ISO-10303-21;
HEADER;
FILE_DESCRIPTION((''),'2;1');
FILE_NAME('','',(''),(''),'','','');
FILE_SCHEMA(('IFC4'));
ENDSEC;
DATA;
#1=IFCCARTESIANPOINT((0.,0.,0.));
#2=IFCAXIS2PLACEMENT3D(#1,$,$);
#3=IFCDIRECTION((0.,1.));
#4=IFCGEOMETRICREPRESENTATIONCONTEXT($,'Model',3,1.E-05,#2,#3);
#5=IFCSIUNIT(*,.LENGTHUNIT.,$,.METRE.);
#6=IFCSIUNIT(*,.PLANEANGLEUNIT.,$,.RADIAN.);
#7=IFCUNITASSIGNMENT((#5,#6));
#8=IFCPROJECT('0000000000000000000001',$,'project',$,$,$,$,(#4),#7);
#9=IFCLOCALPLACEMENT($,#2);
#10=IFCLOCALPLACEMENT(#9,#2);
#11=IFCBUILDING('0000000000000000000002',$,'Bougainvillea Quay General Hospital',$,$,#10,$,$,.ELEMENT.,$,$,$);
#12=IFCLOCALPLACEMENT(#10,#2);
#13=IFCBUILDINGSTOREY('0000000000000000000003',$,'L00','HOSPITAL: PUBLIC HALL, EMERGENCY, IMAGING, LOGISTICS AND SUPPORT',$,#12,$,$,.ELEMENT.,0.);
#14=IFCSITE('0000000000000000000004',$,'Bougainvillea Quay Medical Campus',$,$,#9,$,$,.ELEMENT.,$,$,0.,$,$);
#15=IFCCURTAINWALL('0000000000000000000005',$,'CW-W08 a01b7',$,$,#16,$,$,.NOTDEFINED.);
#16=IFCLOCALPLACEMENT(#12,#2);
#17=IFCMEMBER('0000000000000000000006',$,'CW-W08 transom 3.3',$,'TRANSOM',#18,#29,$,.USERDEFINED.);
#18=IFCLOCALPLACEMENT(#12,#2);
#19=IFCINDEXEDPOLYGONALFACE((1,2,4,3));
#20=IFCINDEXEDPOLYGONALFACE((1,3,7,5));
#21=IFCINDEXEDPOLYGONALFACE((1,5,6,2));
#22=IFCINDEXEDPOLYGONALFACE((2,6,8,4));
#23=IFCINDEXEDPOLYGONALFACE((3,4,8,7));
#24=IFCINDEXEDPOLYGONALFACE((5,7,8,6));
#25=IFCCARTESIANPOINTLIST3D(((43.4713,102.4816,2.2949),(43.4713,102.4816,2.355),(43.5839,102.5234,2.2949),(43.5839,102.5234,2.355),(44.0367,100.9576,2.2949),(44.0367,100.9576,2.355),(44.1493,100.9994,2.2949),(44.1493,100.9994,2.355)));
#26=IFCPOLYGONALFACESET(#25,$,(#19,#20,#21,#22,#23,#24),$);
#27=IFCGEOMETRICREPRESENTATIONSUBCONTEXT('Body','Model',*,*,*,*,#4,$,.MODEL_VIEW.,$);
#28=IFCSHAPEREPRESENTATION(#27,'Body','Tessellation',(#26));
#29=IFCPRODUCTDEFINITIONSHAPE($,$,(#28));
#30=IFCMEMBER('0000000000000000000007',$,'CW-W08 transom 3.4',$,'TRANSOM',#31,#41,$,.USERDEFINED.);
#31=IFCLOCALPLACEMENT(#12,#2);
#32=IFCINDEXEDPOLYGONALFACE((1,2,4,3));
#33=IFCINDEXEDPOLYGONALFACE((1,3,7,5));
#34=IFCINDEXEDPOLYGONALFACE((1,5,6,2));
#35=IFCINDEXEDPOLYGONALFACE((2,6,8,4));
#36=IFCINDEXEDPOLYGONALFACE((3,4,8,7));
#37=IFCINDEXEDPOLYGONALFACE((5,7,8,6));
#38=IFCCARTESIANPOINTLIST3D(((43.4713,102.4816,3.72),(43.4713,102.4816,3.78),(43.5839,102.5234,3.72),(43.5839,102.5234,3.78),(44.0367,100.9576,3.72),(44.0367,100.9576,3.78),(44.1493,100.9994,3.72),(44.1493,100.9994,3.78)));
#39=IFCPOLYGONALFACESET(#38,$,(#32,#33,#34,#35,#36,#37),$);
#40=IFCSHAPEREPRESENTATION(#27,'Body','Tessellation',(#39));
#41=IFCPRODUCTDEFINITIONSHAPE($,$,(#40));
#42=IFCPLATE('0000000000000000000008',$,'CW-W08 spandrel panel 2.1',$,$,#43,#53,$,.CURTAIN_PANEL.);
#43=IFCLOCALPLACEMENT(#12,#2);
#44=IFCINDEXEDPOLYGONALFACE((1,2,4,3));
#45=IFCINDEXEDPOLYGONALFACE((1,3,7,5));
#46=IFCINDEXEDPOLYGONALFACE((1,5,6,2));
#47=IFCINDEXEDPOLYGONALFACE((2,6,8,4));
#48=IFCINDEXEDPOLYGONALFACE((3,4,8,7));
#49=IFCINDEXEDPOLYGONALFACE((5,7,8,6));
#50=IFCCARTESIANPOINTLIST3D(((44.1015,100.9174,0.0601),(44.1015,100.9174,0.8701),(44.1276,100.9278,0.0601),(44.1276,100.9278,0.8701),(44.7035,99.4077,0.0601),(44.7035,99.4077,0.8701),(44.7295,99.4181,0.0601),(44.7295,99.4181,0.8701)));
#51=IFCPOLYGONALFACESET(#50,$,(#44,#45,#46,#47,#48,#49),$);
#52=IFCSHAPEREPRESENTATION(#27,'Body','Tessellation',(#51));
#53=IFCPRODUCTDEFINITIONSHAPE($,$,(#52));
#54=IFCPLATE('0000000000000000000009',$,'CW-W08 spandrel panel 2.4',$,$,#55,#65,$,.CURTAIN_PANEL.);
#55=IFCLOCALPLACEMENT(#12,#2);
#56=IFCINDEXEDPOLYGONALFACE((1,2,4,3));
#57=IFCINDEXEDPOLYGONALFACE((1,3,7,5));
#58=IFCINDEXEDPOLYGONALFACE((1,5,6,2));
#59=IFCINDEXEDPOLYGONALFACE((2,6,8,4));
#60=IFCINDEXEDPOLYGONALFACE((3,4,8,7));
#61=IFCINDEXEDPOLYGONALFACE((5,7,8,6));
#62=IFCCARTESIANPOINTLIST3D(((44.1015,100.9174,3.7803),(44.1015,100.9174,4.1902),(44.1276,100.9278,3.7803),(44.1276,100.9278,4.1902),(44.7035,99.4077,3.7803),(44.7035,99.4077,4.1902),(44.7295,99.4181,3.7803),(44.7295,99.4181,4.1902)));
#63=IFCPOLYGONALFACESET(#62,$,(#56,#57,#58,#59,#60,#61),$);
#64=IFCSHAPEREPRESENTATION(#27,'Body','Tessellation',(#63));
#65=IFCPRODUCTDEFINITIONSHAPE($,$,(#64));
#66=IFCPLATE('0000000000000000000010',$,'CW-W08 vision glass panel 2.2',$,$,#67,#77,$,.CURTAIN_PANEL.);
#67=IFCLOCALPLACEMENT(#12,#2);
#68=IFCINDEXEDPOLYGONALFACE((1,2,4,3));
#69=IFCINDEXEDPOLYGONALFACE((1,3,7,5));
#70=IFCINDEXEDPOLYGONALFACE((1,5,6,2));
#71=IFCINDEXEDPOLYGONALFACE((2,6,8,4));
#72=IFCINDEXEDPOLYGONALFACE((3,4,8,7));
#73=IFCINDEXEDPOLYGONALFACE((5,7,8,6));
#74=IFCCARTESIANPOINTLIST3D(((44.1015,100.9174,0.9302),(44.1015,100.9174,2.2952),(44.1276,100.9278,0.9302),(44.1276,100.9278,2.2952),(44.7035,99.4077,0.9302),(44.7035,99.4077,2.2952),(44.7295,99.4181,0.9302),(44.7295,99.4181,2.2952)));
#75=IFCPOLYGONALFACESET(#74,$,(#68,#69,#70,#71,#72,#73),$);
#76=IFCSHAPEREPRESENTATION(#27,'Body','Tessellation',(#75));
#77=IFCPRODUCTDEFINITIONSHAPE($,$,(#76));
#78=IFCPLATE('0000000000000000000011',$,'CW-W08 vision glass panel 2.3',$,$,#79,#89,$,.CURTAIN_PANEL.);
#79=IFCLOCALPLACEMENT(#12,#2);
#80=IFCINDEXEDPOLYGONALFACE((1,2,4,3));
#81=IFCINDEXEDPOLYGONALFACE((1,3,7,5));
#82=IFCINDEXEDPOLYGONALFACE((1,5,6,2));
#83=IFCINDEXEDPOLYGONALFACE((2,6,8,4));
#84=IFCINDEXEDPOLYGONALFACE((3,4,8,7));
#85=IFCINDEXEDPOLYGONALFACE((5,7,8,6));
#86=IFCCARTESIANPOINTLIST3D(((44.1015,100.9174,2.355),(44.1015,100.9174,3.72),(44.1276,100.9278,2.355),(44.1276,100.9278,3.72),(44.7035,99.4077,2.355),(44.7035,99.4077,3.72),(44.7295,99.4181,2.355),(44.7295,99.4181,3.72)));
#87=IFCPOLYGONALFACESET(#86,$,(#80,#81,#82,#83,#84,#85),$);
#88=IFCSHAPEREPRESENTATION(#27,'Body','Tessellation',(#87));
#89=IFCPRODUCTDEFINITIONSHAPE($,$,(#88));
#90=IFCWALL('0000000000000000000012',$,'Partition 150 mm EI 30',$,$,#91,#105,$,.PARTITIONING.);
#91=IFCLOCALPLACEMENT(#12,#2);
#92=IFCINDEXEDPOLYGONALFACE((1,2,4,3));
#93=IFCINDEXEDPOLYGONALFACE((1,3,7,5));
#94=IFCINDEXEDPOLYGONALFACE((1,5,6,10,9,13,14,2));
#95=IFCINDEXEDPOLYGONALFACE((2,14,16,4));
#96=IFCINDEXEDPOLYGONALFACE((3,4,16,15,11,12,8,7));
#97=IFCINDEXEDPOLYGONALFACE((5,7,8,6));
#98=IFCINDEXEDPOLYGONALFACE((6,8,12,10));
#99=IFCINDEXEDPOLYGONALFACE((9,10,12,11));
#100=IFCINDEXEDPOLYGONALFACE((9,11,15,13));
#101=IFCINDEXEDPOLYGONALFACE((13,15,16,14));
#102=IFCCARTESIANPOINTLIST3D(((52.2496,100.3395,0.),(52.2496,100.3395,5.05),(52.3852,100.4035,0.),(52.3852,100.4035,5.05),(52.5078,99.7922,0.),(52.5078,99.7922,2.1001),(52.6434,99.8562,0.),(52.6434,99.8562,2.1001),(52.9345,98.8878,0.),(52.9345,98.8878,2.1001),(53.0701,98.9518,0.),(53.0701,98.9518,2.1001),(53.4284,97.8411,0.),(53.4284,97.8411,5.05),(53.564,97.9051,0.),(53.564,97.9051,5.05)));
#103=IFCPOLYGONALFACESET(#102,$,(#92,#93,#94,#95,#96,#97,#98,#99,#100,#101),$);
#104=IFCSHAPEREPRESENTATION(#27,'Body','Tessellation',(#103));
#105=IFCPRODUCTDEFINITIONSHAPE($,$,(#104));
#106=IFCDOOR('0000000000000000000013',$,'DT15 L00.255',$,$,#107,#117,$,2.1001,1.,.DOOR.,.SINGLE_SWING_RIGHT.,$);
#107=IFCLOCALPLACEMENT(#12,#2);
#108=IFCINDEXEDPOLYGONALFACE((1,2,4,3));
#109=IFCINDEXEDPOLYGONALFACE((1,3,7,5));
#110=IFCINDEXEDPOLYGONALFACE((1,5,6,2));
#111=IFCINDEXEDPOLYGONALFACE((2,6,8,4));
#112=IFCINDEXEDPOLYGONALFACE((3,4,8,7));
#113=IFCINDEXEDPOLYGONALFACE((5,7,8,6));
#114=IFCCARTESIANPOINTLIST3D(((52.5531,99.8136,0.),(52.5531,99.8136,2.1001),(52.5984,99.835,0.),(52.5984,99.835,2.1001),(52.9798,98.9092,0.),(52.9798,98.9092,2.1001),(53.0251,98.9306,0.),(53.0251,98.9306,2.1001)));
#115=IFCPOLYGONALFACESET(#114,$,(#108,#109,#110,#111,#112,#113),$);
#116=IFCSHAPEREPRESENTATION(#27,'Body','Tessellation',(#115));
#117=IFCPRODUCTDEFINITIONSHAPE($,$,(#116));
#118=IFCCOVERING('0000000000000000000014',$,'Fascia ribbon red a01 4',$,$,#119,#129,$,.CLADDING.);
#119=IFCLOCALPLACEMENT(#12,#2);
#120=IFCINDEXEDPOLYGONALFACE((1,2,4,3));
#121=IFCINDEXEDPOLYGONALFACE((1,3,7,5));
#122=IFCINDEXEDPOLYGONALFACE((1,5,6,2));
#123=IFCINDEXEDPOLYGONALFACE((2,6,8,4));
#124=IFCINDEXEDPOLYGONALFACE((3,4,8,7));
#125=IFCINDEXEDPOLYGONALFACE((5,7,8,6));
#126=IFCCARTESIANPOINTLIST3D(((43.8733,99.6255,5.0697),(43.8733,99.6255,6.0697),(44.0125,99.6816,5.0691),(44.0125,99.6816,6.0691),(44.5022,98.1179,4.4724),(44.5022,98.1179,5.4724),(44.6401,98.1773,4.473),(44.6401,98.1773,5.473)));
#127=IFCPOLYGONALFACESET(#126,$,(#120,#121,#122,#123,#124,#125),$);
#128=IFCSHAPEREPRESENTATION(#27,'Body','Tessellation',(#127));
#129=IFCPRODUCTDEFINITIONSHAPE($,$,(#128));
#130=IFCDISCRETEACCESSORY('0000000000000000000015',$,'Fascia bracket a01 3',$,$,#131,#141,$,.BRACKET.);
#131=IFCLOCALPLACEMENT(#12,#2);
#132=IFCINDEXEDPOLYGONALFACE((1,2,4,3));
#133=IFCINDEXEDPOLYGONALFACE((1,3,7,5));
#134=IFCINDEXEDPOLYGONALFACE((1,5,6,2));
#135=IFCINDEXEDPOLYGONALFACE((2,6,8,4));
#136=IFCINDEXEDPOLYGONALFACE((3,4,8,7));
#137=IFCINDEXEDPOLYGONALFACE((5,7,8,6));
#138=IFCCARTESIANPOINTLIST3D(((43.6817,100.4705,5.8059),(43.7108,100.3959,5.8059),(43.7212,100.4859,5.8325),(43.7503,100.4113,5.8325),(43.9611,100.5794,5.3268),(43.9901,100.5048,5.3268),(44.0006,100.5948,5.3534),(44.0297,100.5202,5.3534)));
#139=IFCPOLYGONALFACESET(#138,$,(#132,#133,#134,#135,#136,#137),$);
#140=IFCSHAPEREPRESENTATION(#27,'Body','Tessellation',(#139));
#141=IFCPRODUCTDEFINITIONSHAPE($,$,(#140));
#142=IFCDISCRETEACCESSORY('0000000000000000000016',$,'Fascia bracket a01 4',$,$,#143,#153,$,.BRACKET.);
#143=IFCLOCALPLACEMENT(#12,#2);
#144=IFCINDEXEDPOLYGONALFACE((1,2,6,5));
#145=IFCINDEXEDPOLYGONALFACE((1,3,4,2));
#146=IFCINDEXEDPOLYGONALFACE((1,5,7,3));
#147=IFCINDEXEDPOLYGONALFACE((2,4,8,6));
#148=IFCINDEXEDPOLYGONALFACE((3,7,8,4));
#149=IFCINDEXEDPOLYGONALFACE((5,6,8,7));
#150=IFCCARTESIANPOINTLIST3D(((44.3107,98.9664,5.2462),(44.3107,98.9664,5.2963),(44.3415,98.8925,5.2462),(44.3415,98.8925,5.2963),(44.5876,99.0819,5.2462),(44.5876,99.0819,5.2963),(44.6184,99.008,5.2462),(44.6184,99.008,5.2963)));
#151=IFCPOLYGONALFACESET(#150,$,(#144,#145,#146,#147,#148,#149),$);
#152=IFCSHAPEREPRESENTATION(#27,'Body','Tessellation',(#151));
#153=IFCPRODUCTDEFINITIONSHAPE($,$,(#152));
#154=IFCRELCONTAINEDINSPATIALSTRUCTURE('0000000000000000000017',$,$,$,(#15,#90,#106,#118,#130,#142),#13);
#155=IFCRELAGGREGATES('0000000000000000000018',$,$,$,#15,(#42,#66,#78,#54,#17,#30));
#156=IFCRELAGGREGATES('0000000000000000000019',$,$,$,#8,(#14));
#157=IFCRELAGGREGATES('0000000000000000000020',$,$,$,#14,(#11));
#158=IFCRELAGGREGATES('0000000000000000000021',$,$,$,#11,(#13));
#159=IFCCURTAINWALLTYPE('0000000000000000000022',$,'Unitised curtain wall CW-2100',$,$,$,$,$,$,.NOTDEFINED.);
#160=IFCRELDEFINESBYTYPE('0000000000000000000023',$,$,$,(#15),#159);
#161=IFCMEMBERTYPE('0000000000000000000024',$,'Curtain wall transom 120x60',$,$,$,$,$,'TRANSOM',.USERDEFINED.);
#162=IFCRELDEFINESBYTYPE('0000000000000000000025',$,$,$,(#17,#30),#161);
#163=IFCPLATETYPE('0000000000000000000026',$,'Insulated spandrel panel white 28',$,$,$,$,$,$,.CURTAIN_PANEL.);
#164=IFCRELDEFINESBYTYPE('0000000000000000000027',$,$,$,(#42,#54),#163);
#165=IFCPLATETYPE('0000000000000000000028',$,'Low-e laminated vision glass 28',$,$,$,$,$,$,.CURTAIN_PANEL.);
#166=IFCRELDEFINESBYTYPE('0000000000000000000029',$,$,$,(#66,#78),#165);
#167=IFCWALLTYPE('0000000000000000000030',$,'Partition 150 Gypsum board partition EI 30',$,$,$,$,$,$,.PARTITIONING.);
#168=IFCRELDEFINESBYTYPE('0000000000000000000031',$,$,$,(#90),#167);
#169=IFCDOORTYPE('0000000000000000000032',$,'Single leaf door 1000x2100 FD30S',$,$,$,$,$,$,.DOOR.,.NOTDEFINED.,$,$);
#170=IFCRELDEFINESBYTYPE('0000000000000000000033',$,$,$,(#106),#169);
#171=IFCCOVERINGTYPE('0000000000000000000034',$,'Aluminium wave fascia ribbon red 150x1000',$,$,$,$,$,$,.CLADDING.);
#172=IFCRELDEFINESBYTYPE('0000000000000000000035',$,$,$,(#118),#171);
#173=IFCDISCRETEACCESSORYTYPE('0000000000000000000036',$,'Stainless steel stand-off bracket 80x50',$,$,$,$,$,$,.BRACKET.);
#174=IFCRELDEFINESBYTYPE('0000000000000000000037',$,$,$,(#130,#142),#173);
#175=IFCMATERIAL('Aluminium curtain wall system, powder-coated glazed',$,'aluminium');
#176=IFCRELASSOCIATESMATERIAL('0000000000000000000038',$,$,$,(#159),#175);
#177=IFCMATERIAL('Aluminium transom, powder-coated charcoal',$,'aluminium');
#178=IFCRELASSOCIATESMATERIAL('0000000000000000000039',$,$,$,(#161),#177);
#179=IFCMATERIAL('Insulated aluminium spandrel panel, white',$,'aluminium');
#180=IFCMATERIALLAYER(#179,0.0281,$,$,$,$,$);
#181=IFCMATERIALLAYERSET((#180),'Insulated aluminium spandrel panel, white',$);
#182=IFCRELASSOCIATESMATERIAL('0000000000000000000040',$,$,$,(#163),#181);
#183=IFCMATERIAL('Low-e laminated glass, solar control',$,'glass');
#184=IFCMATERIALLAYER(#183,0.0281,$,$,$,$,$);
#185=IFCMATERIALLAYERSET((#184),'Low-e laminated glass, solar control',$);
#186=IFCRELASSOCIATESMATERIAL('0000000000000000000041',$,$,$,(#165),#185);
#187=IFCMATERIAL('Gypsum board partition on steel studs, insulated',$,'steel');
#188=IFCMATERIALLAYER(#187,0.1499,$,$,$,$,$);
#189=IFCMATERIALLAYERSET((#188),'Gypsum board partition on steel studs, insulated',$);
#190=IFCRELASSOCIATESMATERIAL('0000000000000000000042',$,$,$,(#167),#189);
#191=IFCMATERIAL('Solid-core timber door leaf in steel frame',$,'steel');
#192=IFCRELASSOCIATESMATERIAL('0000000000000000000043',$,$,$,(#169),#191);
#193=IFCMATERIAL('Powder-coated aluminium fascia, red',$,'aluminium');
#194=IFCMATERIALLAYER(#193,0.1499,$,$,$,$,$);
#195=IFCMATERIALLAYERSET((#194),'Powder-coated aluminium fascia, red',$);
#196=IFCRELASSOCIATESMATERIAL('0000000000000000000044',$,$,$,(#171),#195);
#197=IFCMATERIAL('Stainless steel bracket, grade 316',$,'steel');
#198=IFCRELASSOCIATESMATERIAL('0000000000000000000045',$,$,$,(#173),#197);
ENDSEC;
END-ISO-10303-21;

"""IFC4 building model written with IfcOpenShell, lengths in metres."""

from ifc_helpers import new_model, si_unit, direction, frame, frame_2d, origin, origin_2d, place, context, subcontext, project, spatial, polyline, rectangle, outline, extrude, material, layer, layer_set, material_profile, profile_set, type_object, element, fill, aggregate, save


model = new_model("IFC4")

# Units and contexts
model_context = context("Model", 3, precision=1e-05, world=origin(), true_north=direction((0.0, 1.0)))
body_context = subcontext(model_context, "Body", "Model", "MODEL_VIEW")
ifc_project = project(units=[si_unit("LENGTHUNIT", "METRE"), si_unit("PLANEANGLEUNIT", "RADIAN")], contexts=[model_context])

# Site, building, storey
site_placement = place(None, origin())
site = spatial("IfcSite", under=ifc_project, at=site_placement, Name="Bougainvillea Quay Medical Campus", CompositionType="ELEMENT", RefElevation=0.0)
building_placement = place(site_placement, origin())
building = spatial("IfcBuilding", under=site, at=building_placement, Name="Bougainvillea Quay General Hospital", CompositionType="ELEMENT")
storey_placement = place(building_placement, origin())
storey = spatial("IfcBuildingStorey", under=building, at=storey_placement, Name="L00", Description="HOSPITAL: PUBLIC HALL, EMERGENCY, IMAGING, LOGISTICS AND SUPPORT", CompositionType="ELEMENT", Elevation=0.0)

# Curtain wall, members, plates
ifc_material_1 = material(Name="Aluminium curtain wall system, powder-coated glazed", Category="aluminium")
curtain_wall_type = type_object("IfcCurtainWallType", Name="Unitised curtain wall CW-2100", PredefinedType="NOTDEFINED", material=ifc_material_1)
curtain_wall_placement = place(storey_placement, origin())
curtain_wall = element("IfcCurtainWall", 1, at=curtain_wall_placement, inside=storey, type_object=curtain_wall_type, Name="CW-W08 a01b7", PredefinedType="NOTDEFINED")
ifc_material_2 = material(Name="Aluminium transom, powder-coated charcoal", Category="aluminium")
ifc_material_profile_1 = material_profile(ifc_material_2, rectangle(XDim=0.1201, YDim=0.0601, at=origin_2d()))
ifc_profile_set_1 = profile_set([ifc_material_profile_1], Name="Aluminium transom, powder-coated charcoal")
member_type_1 = type_object("IfcMemberType", Name="Curtain wall transom 120x60", ElementType="TRANSOM", PredefinedType="USERDEFINED", material=ifc_profile_set_1)
member_1_placement = place(storey_placement, frame((44.093, 100.9785, 2.325), z_axis=(-0.347862, 0.937546, 0.0), x_axis=(-0.937546, -0.347862, 0.0)))
member_1 = element("IfcMember", 2, at=member_1_placement, type_object=member_type_1, Name="CW-W08 transom 3.3", ObjectType="TRANSOM", PredefinedType="USERDEFINED", context=body_context, shape_type="SweptSolid", body=[
    extrude(rectangle(XDim=0.1201, YDim=0.0601, at=origin_2d()), origin(), (0.0, 0.0, 1.0), 1.6255),
])
member_2_placement = place(storey_placement, frame((44.093, 100.9785, 3.75), z_axis=(-0.347862, 0.937546, 0.0), x_axis=(-0.937546, -0.347862, 0.0)))
member_2 = element("IfcMember", 3, at=member_2_placement, type_object=member_type_1, Name="CW-W08 transom 3.4", ObjectType="TRANSOM", PredefinedType="USERDEFINED", context=body_context, shape_type="SweptSolid", body=[
    extrude(rectangle(XDim=0.1201, YDim=0.0601, at=origin_2d()), origin(), (0.0, 0.0, 1.0), 1.6255),
])
ifc_material_3 = material(Name="Insulated aluminium spandrel panel, white", Category="aluminium")
ifc_layer_1 = layer(ifc_material_3, 0.0281)
ifc_layer_set_1 = layer_set([ifc_layer_1], Name="Insulated aluminium spandrel panel, white")
plate_type_1 = type_object("IfcPlateType", Name="Insulated spandrel panel white 28", PredefinedType="CURTAIN_PANEL", material=ifc_layer_set_1)
plate_1_placement = place(storey_placement, frame((44.4155, 100.1677, 0.0601), z_axis=(0.0, 0.0, 1.0), x_axis=(-0.370384, 0.928879, 0.0)))
plate_1 = element("IfcPlate", 4, at=plate_1_placement, type_object=plate_type_1, Name="CW-W08 spandrel panel 2.1", PredefinedType="CURTAIN_PANEL", context=body_context, shape_type="SweptSolid", body=[
    extrude(rectangle(XDim=1.6252, YDim=0.0281, at=origin_2d()), origin(), (0.0, 0.0, 1.0), 0.8101),
])
plate_2_placement = place(storey_placement, frame((44.4155, 100.1677, 3.7803), z_axis=(0.0, 0.0, 1.0), x_axis=(-0.370384, 0.928879, 0.0)))
plate_2 = element("IfcPlate", 5, at=plate_2_placement, type_object=plate_type_1, Name="CW-W08 spandrel panel 2.4", PredefinedType="CURTAIN_PANEL", context=body_context, shape_type="SweptSolid", body=[
    extrude(rectangle(XDim=1.6252, YDim=0.0281, at=origin_2d()), origin(), (0.0, 0.0, 1.0), 0.4099),
])
ifc_material_4 = material(Name="Low-e laminated glass, solar control", Category="glass")
ifc_layer_2 = layer(ifc_material_4, 0.0281)
ifc_layer_set_2 = layer_set([ifc_layer_2], Name="Low-e laminated glass, solar control")
plate_type_2 = type_object("IfcPlateType", Name="Low-e laminated vision glass 28", PredefinedType="CURTAIN_PANEL", material=ifc_layer_set_2)
plate_3_placement = place(storey_placement, frame((44.4155, 100.1677, 0.9302), z_axis=(0.0, 0.0, 1.0), x_axis=(-0.370384, 0.928879, 0.0)))
plate_3 = element("IfcPlate", 6, at=plate_3_placement, type_object=plate_type_2, Name="CW-W08 vision glass panel 2.2", PredefinedType="CURTAIN_PANEL", context=body_context, shape_type="SweptSolid", body=[
    extrude(rectangle(XDim=1.6252, YDim=0.0281, at=origin_2d()), origin(), (0.0, 0.0, 1.0), 1.365),
])
plate_4_placement = place(storey_placement, frame((44.4155, 100.1677, 2.355), z_axis=(0.0, 0.0, 1.0), x_axis=(-0.370384, 0.928879, 0.0)))
plate_4 = element("IfcPlate", 7, at=plate_4_placement, type_object=plate_type_2, Name="CW-W08 vision glass panel 2.3", PredefinedType="CURTAIN_PANEL", context=body_context, shape_type="SweptSolid", body=[
    extrude(rectangle(XDim=1.6252, YDim=0.0281, at=origin_2d()), origin(), (0.0, 0.0, 1.0), 1.365),
])
aggregate(curtain_wall, [plate_1, plate_3, plate_4, plate_2, member_1, member_2])

# Wall, opening, door
ifc_material_5 = material(Name="Gypsum board partition on steel studs, insulated", Category="steel")
ifc_layer_3 = layer(ifc_material_5, 0.1499)
ifc_layer_set_3 = layer_set([ifc_layer_3], Name="Gypsum board partition on steel studs, insulated")
wall_type = type_object("IfcWallType", Name="Partition 150 Gypsum board partition EI 30", PredefinedType="PARTITIONING", material=ifc_layer_set_3)
wall_placement = place(storey_placement, frame((52.3174, 100.3716, 0.0), z_axis=(0.0, 0.0, 1.0), x_axis=(0.426699, -0.904394, 0.0)))
wall = element("IfcWall", 8, at=wall_placement, inside=storey, type_object=wall_type, Name="Partition 150 mm EI 30", PredefinedType="PARTITIONING", context=body_context, shape_type="SweptSolid", body=[
    extrude(rectangle(XDim=2.7625, YDim=0.1499, at=frame_2d((1.3813, 0.0))), origin(), (0.0, 0.0, 1.0), 5.05),
])
opening_placement = place(wall_placement, frame((0.6052, 0.0, 0.0)))
opening = element("IfcOpeningElement", 9, at=opening_placement, cuts=wall, PredefinedType="OPENING", context=body_context, shape_type="SweptSolid", body=[
    extrude(rectangle(XDim=1.0, YDim=2.1001, at=frame_2d((0.5, 1.05))), frame((0.0, 0.085, 0.0), z_axis=(0.0, -1.0, 0.0), x_axis=(1.0, 0.0, 0.0)), (0.0, 0.0, 1.0), 0.1699),
])
ifc_material_6 = material(Name="Solid-core timber door leaf in steel frame", Category="steel")
door_type = type_object("IfcDoorType", Name="Single leaf door 1000x2100 FD30S", OperationType="NOTDEFINED", PredefinedType="DOOR", material=ifc_material_6)
door_placement = place(opening_placement, frame((1.0, 0.0, 0.0), z_axis=(0.0, 0.0, 1.0), x_axis=(-1.0, 0.0, 0.0)))
door = element("IfcDoor", 10, at=door_placement, inside=storey, type_object=door_type, Name="DT15 L00.255", OperationType="SINGLE_SWING_RIGHT", OverallHeight=2.1001, OverallWidth=1.0, PredefinedType="DOOR", context=body_context, shape_type="SweptSolid", body=[
    extrude(rectangle(XDim=1.0, YDim=2.1001, at=frame_2d((0.5, 1.05))), frame((0.0, 0.0249, 0.0), z_axis=(0.0, -1.0, 0.0), x_axis=(1.0, 0.0, 0.0)), (0.0, 0.0, 1.0), 0.05),
])
fill(opening, door)

# Covering
ifc_material_7 = material(Name="Powder-coated aluminium fascia, red", Category="aluminium")
ifc_layer_4 = layer(ifc_material_7, 0.1499)
ifc_layer_set_4 = layer_set([ifc_layer_4], Name="Powder-coated aluminium fascia, red")
covering_type = type_object("IfcCoveringType", Name="Aluminium wave fascia ribbon red 150x1000", PredefinedType="CLADDING", material=ifc_layer_set_4)
covering_placement = place(storey_placement, frame((44.0125, 99.6816, 5.0691), z_axis=(0.132105, -0.316996, 0.939182), x_axis=(0.361643, -0.866762, -0.343421)))
element("IfcCovering", 11, at=covering_placement, inside=storey, type_object=covering_type, Name="Fascia ribbon red a01 4", PredefinedType="CLADDING", context=body_context, shape_type="SweptSolid", body=[
    extrude(outline(polyline([(0.0, 0.0), (1.7356, 0.0), (1.7374, -0.1501), (-0.0019, -0.1501), (0.0, 0.0)])), origin(), (-0.343421, 0.000136, 0.939182), 1.0),
])

# Discrete accessories
ifc_material_8 = material(Name="Stainless steel bracket, grade 316", Category="steel")
ifc_material_profile_2 = material_profile(ifc_material_8, rectangle(XDim=0.0801, YDim=0.05, at=origin_2d()))
ifc_profile_set_2 = profile_set([ifc_material_profile_2], Name="Stainless steel bracket, grade 316")
discrete_accessory_type = type_object("IfcDiscreteAccessoryType", Name="Stainless steel stand-off bracket 80x50", PredefinedType="BRACKET", material=ifc_profile_set_2)
discrete_accessory_1_placement = place(storey_placement, frame((43.9954, 100.5498, 5.3401), z_axis=(-0.494267, -0.192695, 0.847685), x_axis=(0.363232, -0.931699, 0.0)))
element("IfcDiscreteAccessory", 12, at=discrete_accessory_1_placement, inside=storey, type_object=discrete_accessory_type, Name="Fascia bracket a01 3", PredefinedType="BRACKET", context=body_context, shape_type="SweptSolid", body=[
    extrude(rectangle(XDim=0.0801, YDim=0.05, at=origin_2d()), origin(), (0.0, 0.0, 1.0), 0.5652),
])
discrete_accessory_2_placement = place(storey_placement, frame((44.603, 99.0449, 5.2712), z_axis=(-0.922932, -0.384962, 0.0), x_axis=(0.384962, -0.922932, 0.0)))
element("IfcDiscreteAccessory", 13, at=discrete_accessory_2_placement, inside=storey, type_object=discrete_accessory_type, Name="Fascia bracket a01 4", PredefinedType="BRACKET", context=body_context, shape_type="SweptSolid", body=[
    extrude(rectangle(XDim=0.0801, YDim=0.05, at=origin_2d()), origin(), (0.0, 0.0, 1.0), 0.3),
])

save(model, "model.ifc")
